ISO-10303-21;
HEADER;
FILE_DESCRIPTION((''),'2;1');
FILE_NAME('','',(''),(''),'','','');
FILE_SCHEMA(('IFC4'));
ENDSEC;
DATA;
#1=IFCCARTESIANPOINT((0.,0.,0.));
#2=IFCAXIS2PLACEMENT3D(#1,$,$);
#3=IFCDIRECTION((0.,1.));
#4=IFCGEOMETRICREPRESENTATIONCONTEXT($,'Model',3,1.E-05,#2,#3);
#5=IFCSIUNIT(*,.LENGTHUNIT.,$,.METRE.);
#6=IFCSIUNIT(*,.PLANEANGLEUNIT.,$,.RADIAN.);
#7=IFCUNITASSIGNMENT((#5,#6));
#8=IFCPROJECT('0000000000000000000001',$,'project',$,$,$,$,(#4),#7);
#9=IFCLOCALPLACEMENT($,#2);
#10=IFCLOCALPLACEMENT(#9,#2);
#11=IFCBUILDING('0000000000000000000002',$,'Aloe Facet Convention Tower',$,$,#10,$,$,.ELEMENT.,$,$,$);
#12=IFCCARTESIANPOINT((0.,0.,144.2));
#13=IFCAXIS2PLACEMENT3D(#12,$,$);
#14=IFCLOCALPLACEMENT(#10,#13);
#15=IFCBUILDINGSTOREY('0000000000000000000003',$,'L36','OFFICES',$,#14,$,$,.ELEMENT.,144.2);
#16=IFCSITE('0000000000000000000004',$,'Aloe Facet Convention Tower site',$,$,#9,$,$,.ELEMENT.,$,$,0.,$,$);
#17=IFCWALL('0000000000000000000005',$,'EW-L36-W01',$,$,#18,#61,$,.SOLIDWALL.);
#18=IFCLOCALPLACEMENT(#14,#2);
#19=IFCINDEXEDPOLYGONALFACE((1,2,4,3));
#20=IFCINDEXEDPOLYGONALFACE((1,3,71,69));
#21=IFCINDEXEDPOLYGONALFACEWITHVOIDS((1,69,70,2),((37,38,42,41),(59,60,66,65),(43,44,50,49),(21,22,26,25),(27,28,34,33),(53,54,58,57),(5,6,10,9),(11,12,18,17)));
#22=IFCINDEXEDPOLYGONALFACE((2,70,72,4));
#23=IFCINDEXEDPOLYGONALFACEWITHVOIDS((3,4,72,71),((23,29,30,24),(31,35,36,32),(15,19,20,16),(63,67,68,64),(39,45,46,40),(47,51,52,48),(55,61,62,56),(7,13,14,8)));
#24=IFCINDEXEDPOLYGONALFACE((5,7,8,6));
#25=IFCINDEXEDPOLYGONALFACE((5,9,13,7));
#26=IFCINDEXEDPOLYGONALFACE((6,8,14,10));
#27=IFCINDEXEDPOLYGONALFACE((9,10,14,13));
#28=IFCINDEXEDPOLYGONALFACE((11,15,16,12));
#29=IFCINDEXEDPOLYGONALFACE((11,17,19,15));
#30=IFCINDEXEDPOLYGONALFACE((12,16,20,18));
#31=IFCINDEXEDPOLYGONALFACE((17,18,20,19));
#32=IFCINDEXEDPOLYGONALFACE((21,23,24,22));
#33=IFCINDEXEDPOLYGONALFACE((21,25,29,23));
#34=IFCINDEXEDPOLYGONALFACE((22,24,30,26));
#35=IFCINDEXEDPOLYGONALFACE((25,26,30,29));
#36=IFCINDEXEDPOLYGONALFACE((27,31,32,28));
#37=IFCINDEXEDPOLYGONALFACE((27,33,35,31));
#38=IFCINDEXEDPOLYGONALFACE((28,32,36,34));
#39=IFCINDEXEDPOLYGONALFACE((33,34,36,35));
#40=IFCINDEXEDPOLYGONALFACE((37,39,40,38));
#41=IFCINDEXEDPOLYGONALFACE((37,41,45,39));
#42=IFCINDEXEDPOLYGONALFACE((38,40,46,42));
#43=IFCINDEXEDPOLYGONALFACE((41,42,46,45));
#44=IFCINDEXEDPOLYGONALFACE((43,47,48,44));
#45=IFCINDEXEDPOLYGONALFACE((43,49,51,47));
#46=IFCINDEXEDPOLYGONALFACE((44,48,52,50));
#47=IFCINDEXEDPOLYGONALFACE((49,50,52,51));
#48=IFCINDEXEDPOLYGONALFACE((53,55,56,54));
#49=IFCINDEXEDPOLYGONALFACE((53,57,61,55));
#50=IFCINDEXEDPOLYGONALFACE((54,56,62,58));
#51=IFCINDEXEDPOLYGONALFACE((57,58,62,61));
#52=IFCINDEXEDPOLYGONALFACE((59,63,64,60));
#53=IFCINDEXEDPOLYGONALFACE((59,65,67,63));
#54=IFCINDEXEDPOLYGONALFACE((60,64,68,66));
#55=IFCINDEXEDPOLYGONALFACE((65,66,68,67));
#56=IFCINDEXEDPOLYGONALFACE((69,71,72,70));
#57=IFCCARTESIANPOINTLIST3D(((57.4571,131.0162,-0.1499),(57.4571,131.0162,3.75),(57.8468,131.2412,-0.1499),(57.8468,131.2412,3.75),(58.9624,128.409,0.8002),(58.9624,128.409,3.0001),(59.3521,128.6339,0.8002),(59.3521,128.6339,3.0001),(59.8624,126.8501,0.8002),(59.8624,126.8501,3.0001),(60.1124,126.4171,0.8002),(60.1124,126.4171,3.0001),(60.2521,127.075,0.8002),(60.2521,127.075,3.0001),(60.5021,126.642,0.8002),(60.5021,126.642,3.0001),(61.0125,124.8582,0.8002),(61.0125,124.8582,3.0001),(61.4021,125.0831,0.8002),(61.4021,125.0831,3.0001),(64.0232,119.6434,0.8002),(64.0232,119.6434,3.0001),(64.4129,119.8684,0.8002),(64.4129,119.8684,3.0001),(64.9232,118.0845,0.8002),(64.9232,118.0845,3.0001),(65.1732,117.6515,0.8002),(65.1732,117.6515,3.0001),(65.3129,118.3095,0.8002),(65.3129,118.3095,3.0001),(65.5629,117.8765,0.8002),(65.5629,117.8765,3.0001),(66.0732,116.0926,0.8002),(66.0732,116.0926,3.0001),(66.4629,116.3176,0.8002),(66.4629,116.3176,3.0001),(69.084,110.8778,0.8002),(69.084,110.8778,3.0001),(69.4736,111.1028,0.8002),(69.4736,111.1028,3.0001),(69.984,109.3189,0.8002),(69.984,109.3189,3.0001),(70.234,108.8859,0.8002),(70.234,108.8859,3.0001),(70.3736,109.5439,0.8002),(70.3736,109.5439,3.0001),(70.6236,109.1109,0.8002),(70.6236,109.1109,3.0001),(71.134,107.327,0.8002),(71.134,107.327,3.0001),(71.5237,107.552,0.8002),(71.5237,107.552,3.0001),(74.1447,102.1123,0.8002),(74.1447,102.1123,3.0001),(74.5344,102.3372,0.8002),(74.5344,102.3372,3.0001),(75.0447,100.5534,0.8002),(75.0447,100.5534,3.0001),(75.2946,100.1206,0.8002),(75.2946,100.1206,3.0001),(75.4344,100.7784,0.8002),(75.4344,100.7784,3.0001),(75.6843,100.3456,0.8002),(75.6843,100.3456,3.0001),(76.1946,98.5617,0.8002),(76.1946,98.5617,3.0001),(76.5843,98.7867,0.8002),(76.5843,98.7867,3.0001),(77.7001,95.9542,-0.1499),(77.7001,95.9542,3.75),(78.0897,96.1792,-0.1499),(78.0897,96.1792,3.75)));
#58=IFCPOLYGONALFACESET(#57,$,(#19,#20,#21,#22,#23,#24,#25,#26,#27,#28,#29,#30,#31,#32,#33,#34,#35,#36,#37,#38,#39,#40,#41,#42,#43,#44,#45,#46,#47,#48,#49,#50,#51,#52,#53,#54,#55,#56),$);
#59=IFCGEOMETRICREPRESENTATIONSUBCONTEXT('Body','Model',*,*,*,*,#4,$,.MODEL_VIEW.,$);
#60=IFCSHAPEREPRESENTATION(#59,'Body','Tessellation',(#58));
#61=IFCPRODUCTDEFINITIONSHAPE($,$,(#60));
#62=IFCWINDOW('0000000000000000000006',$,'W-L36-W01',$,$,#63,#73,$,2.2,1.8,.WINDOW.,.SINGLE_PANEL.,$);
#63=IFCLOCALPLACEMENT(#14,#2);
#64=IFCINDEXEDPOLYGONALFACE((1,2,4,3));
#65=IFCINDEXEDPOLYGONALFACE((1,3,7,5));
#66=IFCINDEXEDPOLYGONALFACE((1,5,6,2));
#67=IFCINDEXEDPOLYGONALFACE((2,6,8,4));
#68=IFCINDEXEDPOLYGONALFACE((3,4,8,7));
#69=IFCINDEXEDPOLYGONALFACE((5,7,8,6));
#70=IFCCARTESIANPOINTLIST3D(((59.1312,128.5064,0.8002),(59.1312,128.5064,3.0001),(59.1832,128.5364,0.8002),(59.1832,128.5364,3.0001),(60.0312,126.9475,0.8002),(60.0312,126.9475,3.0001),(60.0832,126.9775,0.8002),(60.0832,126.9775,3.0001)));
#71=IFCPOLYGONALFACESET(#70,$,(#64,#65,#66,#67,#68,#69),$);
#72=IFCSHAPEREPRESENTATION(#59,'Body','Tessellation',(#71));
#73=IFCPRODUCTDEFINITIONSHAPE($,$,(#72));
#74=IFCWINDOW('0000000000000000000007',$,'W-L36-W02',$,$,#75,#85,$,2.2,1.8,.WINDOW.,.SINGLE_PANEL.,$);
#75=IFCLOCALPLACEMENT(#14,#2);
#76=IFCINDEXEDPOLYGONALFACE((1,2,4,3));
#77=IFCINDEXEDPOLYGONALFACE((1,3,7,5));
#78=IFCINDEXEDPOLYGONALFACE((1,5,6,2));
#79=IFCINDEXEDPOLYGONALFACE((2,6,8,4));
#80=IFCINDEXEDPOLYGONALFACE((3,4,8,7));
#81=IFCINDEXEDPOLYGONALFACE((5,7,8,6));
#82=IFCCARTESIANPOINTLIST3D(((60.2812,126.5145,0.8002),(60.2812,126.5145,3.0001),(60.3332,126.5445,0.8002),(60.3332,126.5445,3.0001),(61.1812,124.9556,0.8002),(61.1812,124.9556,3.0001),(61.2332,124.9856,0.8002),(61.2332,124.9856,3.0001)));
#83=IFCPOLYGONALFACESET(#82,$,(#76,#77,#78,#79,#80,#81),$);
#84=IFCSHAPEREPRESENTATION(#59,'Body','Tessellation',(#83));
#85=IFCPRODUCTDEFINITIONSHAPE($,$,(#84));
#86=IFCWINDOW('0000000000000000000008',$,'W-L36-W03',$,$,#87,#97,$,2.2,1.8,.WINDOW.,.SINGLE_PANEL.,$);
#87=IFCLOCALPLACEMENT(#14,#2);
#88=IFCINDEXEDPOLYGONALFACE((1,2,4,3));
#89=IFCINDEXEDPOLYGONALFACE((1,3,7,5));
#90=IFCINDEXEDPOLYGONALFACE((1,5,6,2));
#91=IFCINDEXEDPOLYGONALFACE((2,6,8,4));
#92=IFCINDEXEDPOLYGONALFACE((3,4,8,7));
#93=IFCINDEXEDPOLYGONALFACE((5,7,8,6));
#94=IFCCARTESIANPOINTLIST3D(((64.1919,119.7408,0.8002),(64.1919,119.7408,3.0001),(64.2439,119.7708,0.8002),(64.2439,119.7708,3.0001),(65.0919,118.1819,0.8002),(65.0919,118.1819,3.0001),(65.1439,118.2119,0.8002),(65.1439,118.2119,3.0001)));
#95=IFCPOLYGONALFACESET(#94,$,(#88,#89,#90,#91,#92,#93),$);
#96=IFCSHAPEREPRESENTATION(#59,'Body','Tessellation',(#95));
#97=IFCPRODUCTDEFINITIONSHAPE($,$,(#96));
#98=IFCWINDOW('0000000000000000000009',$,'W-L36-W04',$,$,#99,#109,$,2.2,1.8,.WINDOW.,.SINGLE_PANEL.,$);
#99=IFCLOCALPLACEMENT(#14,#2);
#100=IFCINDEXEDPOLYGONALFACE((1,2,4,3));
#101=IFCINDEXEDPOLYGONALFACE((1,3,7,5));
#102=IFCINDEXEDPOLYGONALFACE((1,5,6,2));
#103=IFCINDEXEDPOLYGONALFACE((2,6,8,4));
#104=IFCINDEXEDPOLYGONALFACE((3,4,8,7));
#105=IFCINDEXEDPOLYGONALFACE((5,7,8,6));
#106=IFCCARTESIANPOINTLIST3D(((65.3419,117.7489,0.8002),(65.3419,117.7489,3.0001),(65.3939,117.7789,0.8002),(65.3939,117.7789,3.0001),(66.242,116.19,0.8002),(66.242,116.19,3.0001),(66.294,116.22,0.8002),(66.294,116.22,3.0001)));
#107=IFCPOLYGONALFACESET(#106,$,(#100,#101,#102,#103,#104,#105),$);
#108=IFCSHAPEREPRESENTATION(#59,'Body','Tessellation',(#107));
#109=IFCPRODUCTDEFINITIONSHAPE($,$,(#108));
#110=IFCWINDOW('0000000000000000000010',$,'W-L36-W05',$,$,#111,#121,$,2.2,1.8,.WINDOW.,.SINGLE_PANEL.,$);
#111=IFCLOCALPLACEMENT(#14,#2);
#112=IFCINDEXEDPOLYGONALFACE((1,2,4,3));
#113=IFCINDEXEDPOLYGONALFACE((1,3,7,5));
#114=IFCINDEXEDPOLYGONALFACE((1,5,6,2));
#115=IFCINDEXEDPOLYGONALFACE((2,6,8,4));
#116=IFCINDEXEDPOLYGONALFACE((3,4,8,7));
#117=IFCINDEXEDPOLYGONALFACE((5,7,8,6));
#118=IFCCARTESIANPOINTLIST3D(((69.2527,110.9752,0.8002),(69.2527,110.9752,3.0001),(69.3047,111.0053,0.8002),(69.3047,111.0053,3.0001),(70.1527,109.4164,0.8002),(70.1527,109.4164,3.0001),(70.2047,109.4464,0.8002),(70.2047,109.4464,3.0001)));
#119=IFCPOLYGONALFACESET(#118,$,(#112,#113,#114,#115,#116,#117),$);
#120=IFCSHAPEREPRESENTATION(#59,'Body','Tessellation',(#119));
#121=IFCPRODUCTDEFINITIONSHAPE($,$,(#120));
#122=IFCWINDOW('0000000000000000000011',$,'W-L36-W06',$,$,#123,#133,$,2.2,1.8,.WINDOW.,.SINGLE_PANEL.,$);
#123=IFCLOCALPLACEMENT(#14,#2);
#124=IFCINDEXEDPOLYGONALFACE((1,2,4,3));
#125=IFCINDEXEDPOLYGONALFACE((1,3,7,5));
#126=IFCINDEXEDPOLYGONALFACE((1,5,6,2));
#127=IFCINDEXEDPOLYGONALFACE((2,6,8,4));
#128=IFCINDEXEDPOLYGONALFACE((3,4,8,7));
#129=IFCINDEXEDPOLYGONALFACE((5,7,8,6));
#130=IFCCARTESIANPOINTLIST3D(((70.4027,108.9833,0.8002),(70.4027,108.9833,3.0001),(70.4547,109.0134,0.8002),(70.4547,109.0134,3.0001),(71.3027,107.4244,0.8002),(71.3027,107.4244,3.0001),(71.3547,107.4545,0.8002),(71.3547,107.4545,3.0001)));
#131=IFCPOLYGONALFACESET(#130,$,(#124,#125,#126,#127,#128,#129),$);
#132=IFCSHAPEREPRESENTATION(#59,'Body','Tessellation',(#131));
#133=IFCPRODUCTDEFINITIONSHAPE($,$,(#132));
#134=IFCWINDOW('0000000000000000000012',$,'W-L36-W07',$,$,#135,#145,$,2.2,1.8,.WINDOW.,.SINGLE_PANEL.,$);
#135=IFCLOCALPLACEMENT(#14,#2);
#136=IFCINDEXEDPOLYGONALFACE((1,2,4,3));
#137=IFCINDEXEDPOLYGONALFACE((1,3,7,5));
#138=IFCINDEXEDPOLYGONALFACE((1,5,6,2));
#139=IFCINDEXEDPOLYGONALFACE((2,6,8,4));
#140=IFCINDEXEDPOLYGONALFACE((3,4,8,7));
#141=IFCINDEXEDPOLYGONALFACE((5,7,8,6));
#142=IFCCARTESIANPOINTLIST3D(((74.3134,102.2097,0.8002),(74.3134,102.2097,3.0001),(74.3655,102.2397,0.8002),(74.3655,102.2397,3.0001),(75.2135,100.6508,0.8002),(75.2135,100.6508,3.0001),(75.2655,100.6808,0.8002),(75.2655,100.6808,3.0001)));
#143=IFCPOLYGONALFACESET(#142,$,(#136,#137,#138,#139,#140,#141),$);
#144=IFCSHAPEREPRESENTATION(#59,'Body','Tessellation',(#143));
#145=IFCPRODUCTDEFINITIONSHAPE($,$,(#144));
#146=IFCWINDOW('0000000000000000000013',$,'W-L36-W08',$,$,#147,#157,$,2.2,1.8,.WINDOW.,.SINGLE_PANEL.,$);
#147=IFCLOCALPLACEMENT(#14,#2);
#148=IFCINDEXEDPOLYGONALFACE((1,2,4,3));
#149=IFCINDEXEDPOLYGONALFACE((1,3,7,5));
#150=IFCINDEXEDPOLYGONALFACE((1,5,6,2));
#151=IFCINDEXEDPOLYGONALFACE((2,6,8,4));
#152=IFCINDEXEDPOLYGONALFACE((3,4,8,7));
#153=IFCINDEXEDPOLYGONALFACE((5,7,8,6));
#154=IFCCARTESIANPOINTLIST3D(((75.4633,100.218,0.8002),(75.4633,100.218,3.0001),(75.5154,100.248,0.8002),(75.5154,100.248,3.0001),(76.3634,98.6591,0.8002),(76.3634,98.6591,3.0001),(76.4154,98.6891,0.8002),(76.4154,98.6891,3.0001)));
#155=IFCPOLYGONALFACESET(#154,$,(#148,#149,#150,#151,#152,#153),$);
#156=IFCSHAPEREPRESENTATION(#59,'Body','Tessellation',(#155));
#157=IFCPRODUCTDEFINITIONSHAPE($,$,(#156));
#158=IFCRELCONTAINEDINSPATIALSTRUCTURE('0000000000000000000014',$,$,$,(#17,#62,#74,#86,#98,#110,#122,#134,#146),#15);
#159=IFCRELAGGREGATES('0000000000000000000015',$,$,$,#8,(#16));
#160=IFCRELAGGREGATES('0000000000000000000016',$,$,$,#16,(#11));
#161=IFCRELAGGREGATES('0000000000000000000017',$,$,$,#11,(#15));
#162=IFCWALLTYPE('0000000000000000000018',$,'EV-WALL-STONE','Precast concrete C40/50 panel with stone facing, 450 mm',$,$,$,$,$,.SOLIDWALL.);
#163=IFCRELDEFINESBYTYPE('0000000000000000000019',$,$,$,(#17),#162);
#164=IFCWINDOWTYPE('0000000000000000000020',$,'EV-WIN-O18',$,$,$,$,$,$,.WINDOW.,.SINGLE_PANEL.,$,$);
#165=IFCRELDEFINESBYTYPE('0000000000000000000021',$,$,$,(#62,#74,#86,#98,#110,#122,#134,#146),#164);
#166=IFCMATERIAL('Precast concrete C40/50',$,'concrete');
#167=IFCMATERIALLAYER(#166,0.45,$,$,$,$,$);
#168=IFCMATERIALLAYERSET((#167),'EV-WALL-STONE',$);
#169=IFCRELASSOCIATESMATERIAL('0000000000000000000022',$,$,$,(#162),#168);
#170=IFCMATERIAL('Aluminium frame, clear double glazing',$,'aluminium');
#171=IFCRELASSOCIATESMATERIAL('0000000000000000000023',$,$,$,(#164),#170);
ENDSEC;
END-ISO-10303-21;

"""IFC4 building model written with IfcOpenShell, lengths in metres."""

from ifc_helpers import new_model, si_unit, direction, frame, frame_2d, origin, place, context, subcontext, project, spatial, polyline, rectangle, outline, extrude, material, layer, layer_set, type_object, element, fill, save


model = new_model("IFC4")

# Units and contexts
model_context = context("Model", 3, precision=1e-05, world=origin(), true_north=direction((0.0, 1.0)))
body_context = subcontext(model_context, "Body", "Model", "MODEL_VIEW")
ifc_project = project(units=[si_unit("LENGTHUNIT", "METRE"), si_unit("PLANEANGLEUNIT", "RADIAN")], contexts=[model_context])

# Site, building, storey
site_placement = place(None, origin())
site = spatial("IfcSite", under=ifc_project, at=site_placement, Name="Aloe Facet Convention Tower site", CompositionType="ELEMENT", RefElevation=0.0)
building_placement = place(site_placement, origin())
building = spatial("IfcBuilding", under=site, at=building_placement, Name="Aloe Facet Convention Tower", CompositionType="ELEMENT")
storey_placement = place(building_placement, frame((0.0, 0.0, 144.2)))
storey = spatial("IfcBuildingStorey", under=building, at=storey_placement, Name="L36", Description="OFFICES", CompositionType="ELEMENT", Elevation=144.2)

# Wall, openings, windows
ifc_material_1 = material(Name="Precast concrete C40/50", Category="concrete")
ifc_layer_1 = layer(ifc_material_1, 0.45)
ifc_layer_set_1 = layer_set([ifc_layer_1], Name="EV-WALL-STONE")
wall_type = type_object("IfcWallType", Name="EV-WALL-STONE", Description="Precast concrete C40/50 panel with stone facing, 450 mm", PredefinedType="SOLIDWALL", material=ifc_layer_set_1)
wall_placement = place(storey_placement, frame((57.6519, 131.1287, -0.1499), z_axis=(0.0, 0.0, 1.0), x_axis=(0.499997, -0.866027, 0.0)))
wall = element("IfcWall", 1, at=wall_placement, inside=storey, type_object=wall_type, Name="EW-L36-W01", PredefinedType="SOLIDWALL", context=body_context, shape_type="SweptSolid", body=[
    extrude(outline(polyline([(40.4861, 0.0), (40.4861, 3.8999), (0.0, 3.8999), (0.0, 0.0), (40.4861, 0.0)])), frame((0.0, 0.2251, 0.0), z_axis=(0.0, -1.0, 0.0), x_axis=(1.0, 0.0, 0.0)), (0.0, 0.0, 1.0), 0.45),
])
opening_1_placement = place(wall_placement, frame((3.0107, 0.0, 0.95)))
opening_1 = element("IfcOpeningElement", 2, at=opening_1_placement, cuts=wall, PredefinedType="OPENING", context=body_context, shape_type="SweptSolid", body=[
    extrude(rectangle(XDim=1.8, YDim=2.2, at=frame_2d((0.8999, 1.1001))), frame((0.0, 0.2349, 0.0), z_axis=(0.0, -1.0, 0.0), x_axis=(1.0, 0.0, 0.0)), (0.0, 0.0, 1.0), 0.47),
])
opening_2_placement = place(wall_placement, frame((5.3108, 0.0, 0.95)))
opening_2 = element("IfcOpeningElement", 3, at=opening_2_placement, cuts=wall, PredefinedType="OPENING", context=body_context, shape_type="SweptSolid", body=[
    extrude(rectangle(XDim=1.8, YDim=2.2, at=frame_2d((0.8999, 1.1001))), frame((0.0, 0.2349, 0.0), z_axis=(0.0, -1.0, 0.0), x_axis=(1.0, 0.0, 0.0)), (0.0, 0.0, 1.0), 0.47),
])
opening_3_placement = place(wall_placement, frame((13.1323, 0.0, 0.95)))
opening_3 = element("IfcOpeningElement", 4, at=opening_3_placement, cuts=wall, PredefinedType="OPENING", context=body_context, shape_type="SweptSolid", body=[
    extrude(rectangle(XDim=1.8, YDim=2.2, at=frame_2d((0.8999, 1.1001))), frame((0.0, 0.2349, 0.0), z_axis=(0.0, -1.0, 0.0), x_axis=(1.0, 0.0, 0.0)), (0.0, 0.0, 1.0), 0.47),
])
opening_4_placement = place(wall_placement, frame((15.4324, 0.0, 0.95)))
opening_4 = element("IfcOpeningElement", 5, at=opening_4_placement, cuts=wall, PredefinedType="OPENING", context=body_context, shape_type="SweptSolid", body=[
    extrude(rectangle(XDim=1.8, YDim=2.2, at=frame_2d((0.8999, 1.1001))), frame((0.0, 0.2349, 0.0), z_axis=(0.0, -1.0, 0.0), x_axis=(1.0, 0.0, 0.0)), (0.0, 0.0, 1.0), 0.47),
])
opening_5_placement = place(wall_placement, frame((23.2539, 0.0, 0.95)))
opening_5 = element("IfcOpeningElement", 6, at=opening_5_placement, cuts=wall, PredefinedType="OPENING", context=body_context, shape_type="SweptSolid", body=[
    extrude(rectangle(XDim=1.8, YDim=2.2, at=frame_2d((0.8999, 1.1001))), frame((0.0, 0.2349, 0.0), z_axis=(0.0, -1.0, 0.0), x_axis=(1.0, 0.0, 0.0)), (0.0, 0.0, 1.0), 0.47),
])
opening_6_placement = place(wall_placement, frame((25.554, 0.0, 0.95)))
opening_6 = element("IfcOpeningElement", 7, at=opening_6_placement, cuts=wall, PredefinedType="OPENING", context=body_context, shape_type="SweptSolid", body=[
    extrude(rectangle(XDim=1.8, YDim=2.2, at=frame_2d((0.8999, 1.1001))), frame((0.0, 0.2349, 0.0), z_axis=(0.0, -1.0, 0.0), x_axis=(1.0, 0.0, 0.0)), (0.0, 0.0, 1.0), 0.47),
])
opening_7_placement = place(wall_placement, frame((33.3755, 0.0, 0.95)))
opening_7 = element("IfcOpeningElement", 8, at=opening_7_placement, cuts=wall, PredefinedType="OPENING", context=body_context, shape_type="SweptSolid", body=[
    extrude(rectangle(XDim=1.8, YDim=2.2, at=frame_2d((0.8999, 1.1001))), frame((0.0, 0.2349, 0.0), z_axis=(0.0, -1.0, 0.0), x_axis=(1.0, 0.0, 0.0)), (0.0, 0.0, 1.0), 0.47),
])
opening_8_placement = place(wall_placement, frame((35.6753, 0.0, 0.95)))
opening_8 = element("IfcOpeningElement", 9, at=opening_8_placement, cuts=wall, PredefinedType="OPENING", context=body_context, shape_type="SweptSolid", body=[
    extrude(rectangle(XDim=1.8, YDim=2.2, at=frame_2d((0.8999, 1.1001))), frame((0.0, 0.2349, 0.0), z_axis=(0.0, -1.0, 0.0), x_axis=(1.0, 0.0, 0.0)), (0.0, 0.0, 1.0), 0.47),
])
ifc_material_2 = material(Name="Aluminium frame, clear double glazing", Category="aluminium")
window_type = type_object("IfcWindowType", Name="EV-WIN-O18", PartitioningType="SINGLE_PANEL", PredefinedType="WINDOW", material=ifc_material_2)
window_1_placement = place(opening_1_placement, origin())
window_1 = element("IfcWindow", 10, at=window_1_placement, inside=storey, type_object=window_type, Name="W-L36-W01", OverallHeight=2.2, OverallWidth=1.8, PartitioningType="SINGLE_PANEL", PredefinedType="WINDOW", context=body_context, shape_type="SweptSolid", body=[
    extrude(rectangle(XDim=1.8, YDim=2.2, at=frame_2d((0.8999, 1.1001))), frame((0.0, 0.03, 0.0), z_axis=(0.0, -1.0, 0.0), x_axis=(1.0, 0.0, 0.0)), (0.0, 0.0, 1.0), 0.0601),
])
fill(opening_1, window_1)
window_2_placement = place(opening_2_placement, origin())
window_2 = element("IfcWindow", 11, at=window_2_placement, inside=storey, type_object=window_type, Name="W-L36-W02", OverallHeight=2.2, OverallWidth=1.8, PartitioningType="SINGLE_PANEL", PredefinedType="WINDOW", context=body_context, shape_type="SweptSolid", body=[
    extrude(rectangle(XDim=1.8, YDim=2.2, at=frame_2d((0.8999, 1.1001))), frame((0.0, 0.03, 0.0), z_axis=(0.0, -1.0, 0.0), x_axis=(1.0, 0.0, 0.0)), (0.0, 0.0, 1.0), 0.0601),
])
fill(opening_2, window_2)
window_3_placement = place(opening_3_placement, origin())
window_3 = element("IfcWindow", 12, at=window_3_placement, inside=storey, type_object=window_type, Name="W-L36-W03", OverallHeight=2.2, OverallWidth=1.8, PartitioningType="SINGLE_PANEL", PredefinedType="WINDOW", context=body_context, shape_type="SweptSolid", body=[
    extrude(rectangle(XDim=1.8, YDim=2.2, at=frame_2d((0.8999, 1.1001))), frame((0.0, 0.03, 0.0), z_axis=(0.0, -1.0, 0.0), x_axis=(1.0, 0.0, 0.0)), (0.0, 0.0, 1.0), 0.0601),
])
fill(opening_3, window_3)
window_4_placement = place(opening_4_placement, origin())
window_4 = element("IfcWindow", 13, at=window_4_placement, inside=storey, type_object=window_type, Name="W-L36-W04", OverallHeight=2.2, OverallWidth=1.8, PartitioningType="SINGLE_PANEL", PredefinedType="WINDOW", context=body_context, shape_type="SweptSolid", body=[
    extrude(rectangle(XDim=1.8, YDim=2.2, at=frame_2d((0.8999, 1.1001))), frame((0.0, 0.03, 0.0), z_axis=(0.0, -1.0, 0.0), x_axis=(1.0, 0.0, 0.0)), (0.0, 0.0, 1.0), 0.0601),
])
fill(opening_4, window_4)
window_5_placement = place(opening_5_placement, origin())
window_5 = element("IfcWindow", 14, at=window_5_placement, inside=storey, type_object=window_type, Name="W-L36-W05", OverallHeight=2.2, OverallWidth=1.8, PartitioningType="SINGLE_PANEL", PredefinedType="WINDOW", context=body_context, shape_type="SweptSolid", body=[
    extrude(rectangle(XDim=1.8, YDim=2.2, at=frame_2d((0.8999, 1.1001))), frame((0.0, 0.03, 0.0), z_axis=(0.0, -1.0, 0.0), x_axis=(1.0, 0.0, 0.0)), (0.0, 0.0, 1.0), 0.0601),
])
fill(opening_5, window_5)
window_6_placement = place(opening_6_placement, origin())
window_6 = element("IfcWindow", 15, at=window_6_placement, inside=storey, type_object=window_type, Name="W-L36-W06", OverallHeight=2.2, OverallWidth=1.8, PartitioningType="SINGLE_PANEL", PredefinedType="WINDOW", context=body_context, shape_type="SweptSolid", body=[
    extrude(rectangle(XDim=1.8, YDim=2.2, at=frame_2d((0.8999, 1.1001))), frame((0.0, 0.03, 0.0), z_axis=(0.0, -1.0, 0.0), x_axis=(1.0, 0.0, 0.0)), (0.0, 0.0, 1.0), 0.0601),
])
fill(opening_6, window_6)
window_7_placement = place(opening_7_placement, origin())
window_7 = element("IfcWindow", 16, at=window_7_placement, inside=storey, type_object=window_type, Name="W-L36-W07", OverallHeight=2.2, OverallWidth=1.8, PartitioningType="SINGLE_PANEL", PredefinedType="WINDOW", context=body_context, shape_type="SweptSolid", body=[
    extrude(rectangle(XDim=1.8, YDim=2.2, at=frame_2d((0.8999, 1.1001))), frame((0.0, 0.03, 0.0), z_axis=(0.0, -1.0, 0.0), x_axis=(1.0, 0.0, 0.0)), (0.0, 0.0, 1.0), 0.0601),
])
fill(opening_7, window_7)
window_8_placement = place(opening_8_placement, origin())
window_8 = element("IfcWindow", 17, at=window_8_placement, inside=storey, type_object=window_type, Name="W-L36-W08", OverallHeight=2.2, OverallWidth=1.8, PartitioningType="SINGLE_PANEL", PredefinedType="WINDOW", context=body_context, shape_type="SweptSolid", body=[
    extrude(rectangle(XDim=1.8, YDim=2.2, at=frame_2d((0.8999, 1.1001))), frame((0.0, 0.03, 0.0), z_axis=(0.0, -1.0, 0.0), x_axis=(1.0, 0.0, 0.0)), (0.0, 0.0, 1.0), 0.0601),
])
fill(opening_8, window_8)

save(model, "model.ifc")
